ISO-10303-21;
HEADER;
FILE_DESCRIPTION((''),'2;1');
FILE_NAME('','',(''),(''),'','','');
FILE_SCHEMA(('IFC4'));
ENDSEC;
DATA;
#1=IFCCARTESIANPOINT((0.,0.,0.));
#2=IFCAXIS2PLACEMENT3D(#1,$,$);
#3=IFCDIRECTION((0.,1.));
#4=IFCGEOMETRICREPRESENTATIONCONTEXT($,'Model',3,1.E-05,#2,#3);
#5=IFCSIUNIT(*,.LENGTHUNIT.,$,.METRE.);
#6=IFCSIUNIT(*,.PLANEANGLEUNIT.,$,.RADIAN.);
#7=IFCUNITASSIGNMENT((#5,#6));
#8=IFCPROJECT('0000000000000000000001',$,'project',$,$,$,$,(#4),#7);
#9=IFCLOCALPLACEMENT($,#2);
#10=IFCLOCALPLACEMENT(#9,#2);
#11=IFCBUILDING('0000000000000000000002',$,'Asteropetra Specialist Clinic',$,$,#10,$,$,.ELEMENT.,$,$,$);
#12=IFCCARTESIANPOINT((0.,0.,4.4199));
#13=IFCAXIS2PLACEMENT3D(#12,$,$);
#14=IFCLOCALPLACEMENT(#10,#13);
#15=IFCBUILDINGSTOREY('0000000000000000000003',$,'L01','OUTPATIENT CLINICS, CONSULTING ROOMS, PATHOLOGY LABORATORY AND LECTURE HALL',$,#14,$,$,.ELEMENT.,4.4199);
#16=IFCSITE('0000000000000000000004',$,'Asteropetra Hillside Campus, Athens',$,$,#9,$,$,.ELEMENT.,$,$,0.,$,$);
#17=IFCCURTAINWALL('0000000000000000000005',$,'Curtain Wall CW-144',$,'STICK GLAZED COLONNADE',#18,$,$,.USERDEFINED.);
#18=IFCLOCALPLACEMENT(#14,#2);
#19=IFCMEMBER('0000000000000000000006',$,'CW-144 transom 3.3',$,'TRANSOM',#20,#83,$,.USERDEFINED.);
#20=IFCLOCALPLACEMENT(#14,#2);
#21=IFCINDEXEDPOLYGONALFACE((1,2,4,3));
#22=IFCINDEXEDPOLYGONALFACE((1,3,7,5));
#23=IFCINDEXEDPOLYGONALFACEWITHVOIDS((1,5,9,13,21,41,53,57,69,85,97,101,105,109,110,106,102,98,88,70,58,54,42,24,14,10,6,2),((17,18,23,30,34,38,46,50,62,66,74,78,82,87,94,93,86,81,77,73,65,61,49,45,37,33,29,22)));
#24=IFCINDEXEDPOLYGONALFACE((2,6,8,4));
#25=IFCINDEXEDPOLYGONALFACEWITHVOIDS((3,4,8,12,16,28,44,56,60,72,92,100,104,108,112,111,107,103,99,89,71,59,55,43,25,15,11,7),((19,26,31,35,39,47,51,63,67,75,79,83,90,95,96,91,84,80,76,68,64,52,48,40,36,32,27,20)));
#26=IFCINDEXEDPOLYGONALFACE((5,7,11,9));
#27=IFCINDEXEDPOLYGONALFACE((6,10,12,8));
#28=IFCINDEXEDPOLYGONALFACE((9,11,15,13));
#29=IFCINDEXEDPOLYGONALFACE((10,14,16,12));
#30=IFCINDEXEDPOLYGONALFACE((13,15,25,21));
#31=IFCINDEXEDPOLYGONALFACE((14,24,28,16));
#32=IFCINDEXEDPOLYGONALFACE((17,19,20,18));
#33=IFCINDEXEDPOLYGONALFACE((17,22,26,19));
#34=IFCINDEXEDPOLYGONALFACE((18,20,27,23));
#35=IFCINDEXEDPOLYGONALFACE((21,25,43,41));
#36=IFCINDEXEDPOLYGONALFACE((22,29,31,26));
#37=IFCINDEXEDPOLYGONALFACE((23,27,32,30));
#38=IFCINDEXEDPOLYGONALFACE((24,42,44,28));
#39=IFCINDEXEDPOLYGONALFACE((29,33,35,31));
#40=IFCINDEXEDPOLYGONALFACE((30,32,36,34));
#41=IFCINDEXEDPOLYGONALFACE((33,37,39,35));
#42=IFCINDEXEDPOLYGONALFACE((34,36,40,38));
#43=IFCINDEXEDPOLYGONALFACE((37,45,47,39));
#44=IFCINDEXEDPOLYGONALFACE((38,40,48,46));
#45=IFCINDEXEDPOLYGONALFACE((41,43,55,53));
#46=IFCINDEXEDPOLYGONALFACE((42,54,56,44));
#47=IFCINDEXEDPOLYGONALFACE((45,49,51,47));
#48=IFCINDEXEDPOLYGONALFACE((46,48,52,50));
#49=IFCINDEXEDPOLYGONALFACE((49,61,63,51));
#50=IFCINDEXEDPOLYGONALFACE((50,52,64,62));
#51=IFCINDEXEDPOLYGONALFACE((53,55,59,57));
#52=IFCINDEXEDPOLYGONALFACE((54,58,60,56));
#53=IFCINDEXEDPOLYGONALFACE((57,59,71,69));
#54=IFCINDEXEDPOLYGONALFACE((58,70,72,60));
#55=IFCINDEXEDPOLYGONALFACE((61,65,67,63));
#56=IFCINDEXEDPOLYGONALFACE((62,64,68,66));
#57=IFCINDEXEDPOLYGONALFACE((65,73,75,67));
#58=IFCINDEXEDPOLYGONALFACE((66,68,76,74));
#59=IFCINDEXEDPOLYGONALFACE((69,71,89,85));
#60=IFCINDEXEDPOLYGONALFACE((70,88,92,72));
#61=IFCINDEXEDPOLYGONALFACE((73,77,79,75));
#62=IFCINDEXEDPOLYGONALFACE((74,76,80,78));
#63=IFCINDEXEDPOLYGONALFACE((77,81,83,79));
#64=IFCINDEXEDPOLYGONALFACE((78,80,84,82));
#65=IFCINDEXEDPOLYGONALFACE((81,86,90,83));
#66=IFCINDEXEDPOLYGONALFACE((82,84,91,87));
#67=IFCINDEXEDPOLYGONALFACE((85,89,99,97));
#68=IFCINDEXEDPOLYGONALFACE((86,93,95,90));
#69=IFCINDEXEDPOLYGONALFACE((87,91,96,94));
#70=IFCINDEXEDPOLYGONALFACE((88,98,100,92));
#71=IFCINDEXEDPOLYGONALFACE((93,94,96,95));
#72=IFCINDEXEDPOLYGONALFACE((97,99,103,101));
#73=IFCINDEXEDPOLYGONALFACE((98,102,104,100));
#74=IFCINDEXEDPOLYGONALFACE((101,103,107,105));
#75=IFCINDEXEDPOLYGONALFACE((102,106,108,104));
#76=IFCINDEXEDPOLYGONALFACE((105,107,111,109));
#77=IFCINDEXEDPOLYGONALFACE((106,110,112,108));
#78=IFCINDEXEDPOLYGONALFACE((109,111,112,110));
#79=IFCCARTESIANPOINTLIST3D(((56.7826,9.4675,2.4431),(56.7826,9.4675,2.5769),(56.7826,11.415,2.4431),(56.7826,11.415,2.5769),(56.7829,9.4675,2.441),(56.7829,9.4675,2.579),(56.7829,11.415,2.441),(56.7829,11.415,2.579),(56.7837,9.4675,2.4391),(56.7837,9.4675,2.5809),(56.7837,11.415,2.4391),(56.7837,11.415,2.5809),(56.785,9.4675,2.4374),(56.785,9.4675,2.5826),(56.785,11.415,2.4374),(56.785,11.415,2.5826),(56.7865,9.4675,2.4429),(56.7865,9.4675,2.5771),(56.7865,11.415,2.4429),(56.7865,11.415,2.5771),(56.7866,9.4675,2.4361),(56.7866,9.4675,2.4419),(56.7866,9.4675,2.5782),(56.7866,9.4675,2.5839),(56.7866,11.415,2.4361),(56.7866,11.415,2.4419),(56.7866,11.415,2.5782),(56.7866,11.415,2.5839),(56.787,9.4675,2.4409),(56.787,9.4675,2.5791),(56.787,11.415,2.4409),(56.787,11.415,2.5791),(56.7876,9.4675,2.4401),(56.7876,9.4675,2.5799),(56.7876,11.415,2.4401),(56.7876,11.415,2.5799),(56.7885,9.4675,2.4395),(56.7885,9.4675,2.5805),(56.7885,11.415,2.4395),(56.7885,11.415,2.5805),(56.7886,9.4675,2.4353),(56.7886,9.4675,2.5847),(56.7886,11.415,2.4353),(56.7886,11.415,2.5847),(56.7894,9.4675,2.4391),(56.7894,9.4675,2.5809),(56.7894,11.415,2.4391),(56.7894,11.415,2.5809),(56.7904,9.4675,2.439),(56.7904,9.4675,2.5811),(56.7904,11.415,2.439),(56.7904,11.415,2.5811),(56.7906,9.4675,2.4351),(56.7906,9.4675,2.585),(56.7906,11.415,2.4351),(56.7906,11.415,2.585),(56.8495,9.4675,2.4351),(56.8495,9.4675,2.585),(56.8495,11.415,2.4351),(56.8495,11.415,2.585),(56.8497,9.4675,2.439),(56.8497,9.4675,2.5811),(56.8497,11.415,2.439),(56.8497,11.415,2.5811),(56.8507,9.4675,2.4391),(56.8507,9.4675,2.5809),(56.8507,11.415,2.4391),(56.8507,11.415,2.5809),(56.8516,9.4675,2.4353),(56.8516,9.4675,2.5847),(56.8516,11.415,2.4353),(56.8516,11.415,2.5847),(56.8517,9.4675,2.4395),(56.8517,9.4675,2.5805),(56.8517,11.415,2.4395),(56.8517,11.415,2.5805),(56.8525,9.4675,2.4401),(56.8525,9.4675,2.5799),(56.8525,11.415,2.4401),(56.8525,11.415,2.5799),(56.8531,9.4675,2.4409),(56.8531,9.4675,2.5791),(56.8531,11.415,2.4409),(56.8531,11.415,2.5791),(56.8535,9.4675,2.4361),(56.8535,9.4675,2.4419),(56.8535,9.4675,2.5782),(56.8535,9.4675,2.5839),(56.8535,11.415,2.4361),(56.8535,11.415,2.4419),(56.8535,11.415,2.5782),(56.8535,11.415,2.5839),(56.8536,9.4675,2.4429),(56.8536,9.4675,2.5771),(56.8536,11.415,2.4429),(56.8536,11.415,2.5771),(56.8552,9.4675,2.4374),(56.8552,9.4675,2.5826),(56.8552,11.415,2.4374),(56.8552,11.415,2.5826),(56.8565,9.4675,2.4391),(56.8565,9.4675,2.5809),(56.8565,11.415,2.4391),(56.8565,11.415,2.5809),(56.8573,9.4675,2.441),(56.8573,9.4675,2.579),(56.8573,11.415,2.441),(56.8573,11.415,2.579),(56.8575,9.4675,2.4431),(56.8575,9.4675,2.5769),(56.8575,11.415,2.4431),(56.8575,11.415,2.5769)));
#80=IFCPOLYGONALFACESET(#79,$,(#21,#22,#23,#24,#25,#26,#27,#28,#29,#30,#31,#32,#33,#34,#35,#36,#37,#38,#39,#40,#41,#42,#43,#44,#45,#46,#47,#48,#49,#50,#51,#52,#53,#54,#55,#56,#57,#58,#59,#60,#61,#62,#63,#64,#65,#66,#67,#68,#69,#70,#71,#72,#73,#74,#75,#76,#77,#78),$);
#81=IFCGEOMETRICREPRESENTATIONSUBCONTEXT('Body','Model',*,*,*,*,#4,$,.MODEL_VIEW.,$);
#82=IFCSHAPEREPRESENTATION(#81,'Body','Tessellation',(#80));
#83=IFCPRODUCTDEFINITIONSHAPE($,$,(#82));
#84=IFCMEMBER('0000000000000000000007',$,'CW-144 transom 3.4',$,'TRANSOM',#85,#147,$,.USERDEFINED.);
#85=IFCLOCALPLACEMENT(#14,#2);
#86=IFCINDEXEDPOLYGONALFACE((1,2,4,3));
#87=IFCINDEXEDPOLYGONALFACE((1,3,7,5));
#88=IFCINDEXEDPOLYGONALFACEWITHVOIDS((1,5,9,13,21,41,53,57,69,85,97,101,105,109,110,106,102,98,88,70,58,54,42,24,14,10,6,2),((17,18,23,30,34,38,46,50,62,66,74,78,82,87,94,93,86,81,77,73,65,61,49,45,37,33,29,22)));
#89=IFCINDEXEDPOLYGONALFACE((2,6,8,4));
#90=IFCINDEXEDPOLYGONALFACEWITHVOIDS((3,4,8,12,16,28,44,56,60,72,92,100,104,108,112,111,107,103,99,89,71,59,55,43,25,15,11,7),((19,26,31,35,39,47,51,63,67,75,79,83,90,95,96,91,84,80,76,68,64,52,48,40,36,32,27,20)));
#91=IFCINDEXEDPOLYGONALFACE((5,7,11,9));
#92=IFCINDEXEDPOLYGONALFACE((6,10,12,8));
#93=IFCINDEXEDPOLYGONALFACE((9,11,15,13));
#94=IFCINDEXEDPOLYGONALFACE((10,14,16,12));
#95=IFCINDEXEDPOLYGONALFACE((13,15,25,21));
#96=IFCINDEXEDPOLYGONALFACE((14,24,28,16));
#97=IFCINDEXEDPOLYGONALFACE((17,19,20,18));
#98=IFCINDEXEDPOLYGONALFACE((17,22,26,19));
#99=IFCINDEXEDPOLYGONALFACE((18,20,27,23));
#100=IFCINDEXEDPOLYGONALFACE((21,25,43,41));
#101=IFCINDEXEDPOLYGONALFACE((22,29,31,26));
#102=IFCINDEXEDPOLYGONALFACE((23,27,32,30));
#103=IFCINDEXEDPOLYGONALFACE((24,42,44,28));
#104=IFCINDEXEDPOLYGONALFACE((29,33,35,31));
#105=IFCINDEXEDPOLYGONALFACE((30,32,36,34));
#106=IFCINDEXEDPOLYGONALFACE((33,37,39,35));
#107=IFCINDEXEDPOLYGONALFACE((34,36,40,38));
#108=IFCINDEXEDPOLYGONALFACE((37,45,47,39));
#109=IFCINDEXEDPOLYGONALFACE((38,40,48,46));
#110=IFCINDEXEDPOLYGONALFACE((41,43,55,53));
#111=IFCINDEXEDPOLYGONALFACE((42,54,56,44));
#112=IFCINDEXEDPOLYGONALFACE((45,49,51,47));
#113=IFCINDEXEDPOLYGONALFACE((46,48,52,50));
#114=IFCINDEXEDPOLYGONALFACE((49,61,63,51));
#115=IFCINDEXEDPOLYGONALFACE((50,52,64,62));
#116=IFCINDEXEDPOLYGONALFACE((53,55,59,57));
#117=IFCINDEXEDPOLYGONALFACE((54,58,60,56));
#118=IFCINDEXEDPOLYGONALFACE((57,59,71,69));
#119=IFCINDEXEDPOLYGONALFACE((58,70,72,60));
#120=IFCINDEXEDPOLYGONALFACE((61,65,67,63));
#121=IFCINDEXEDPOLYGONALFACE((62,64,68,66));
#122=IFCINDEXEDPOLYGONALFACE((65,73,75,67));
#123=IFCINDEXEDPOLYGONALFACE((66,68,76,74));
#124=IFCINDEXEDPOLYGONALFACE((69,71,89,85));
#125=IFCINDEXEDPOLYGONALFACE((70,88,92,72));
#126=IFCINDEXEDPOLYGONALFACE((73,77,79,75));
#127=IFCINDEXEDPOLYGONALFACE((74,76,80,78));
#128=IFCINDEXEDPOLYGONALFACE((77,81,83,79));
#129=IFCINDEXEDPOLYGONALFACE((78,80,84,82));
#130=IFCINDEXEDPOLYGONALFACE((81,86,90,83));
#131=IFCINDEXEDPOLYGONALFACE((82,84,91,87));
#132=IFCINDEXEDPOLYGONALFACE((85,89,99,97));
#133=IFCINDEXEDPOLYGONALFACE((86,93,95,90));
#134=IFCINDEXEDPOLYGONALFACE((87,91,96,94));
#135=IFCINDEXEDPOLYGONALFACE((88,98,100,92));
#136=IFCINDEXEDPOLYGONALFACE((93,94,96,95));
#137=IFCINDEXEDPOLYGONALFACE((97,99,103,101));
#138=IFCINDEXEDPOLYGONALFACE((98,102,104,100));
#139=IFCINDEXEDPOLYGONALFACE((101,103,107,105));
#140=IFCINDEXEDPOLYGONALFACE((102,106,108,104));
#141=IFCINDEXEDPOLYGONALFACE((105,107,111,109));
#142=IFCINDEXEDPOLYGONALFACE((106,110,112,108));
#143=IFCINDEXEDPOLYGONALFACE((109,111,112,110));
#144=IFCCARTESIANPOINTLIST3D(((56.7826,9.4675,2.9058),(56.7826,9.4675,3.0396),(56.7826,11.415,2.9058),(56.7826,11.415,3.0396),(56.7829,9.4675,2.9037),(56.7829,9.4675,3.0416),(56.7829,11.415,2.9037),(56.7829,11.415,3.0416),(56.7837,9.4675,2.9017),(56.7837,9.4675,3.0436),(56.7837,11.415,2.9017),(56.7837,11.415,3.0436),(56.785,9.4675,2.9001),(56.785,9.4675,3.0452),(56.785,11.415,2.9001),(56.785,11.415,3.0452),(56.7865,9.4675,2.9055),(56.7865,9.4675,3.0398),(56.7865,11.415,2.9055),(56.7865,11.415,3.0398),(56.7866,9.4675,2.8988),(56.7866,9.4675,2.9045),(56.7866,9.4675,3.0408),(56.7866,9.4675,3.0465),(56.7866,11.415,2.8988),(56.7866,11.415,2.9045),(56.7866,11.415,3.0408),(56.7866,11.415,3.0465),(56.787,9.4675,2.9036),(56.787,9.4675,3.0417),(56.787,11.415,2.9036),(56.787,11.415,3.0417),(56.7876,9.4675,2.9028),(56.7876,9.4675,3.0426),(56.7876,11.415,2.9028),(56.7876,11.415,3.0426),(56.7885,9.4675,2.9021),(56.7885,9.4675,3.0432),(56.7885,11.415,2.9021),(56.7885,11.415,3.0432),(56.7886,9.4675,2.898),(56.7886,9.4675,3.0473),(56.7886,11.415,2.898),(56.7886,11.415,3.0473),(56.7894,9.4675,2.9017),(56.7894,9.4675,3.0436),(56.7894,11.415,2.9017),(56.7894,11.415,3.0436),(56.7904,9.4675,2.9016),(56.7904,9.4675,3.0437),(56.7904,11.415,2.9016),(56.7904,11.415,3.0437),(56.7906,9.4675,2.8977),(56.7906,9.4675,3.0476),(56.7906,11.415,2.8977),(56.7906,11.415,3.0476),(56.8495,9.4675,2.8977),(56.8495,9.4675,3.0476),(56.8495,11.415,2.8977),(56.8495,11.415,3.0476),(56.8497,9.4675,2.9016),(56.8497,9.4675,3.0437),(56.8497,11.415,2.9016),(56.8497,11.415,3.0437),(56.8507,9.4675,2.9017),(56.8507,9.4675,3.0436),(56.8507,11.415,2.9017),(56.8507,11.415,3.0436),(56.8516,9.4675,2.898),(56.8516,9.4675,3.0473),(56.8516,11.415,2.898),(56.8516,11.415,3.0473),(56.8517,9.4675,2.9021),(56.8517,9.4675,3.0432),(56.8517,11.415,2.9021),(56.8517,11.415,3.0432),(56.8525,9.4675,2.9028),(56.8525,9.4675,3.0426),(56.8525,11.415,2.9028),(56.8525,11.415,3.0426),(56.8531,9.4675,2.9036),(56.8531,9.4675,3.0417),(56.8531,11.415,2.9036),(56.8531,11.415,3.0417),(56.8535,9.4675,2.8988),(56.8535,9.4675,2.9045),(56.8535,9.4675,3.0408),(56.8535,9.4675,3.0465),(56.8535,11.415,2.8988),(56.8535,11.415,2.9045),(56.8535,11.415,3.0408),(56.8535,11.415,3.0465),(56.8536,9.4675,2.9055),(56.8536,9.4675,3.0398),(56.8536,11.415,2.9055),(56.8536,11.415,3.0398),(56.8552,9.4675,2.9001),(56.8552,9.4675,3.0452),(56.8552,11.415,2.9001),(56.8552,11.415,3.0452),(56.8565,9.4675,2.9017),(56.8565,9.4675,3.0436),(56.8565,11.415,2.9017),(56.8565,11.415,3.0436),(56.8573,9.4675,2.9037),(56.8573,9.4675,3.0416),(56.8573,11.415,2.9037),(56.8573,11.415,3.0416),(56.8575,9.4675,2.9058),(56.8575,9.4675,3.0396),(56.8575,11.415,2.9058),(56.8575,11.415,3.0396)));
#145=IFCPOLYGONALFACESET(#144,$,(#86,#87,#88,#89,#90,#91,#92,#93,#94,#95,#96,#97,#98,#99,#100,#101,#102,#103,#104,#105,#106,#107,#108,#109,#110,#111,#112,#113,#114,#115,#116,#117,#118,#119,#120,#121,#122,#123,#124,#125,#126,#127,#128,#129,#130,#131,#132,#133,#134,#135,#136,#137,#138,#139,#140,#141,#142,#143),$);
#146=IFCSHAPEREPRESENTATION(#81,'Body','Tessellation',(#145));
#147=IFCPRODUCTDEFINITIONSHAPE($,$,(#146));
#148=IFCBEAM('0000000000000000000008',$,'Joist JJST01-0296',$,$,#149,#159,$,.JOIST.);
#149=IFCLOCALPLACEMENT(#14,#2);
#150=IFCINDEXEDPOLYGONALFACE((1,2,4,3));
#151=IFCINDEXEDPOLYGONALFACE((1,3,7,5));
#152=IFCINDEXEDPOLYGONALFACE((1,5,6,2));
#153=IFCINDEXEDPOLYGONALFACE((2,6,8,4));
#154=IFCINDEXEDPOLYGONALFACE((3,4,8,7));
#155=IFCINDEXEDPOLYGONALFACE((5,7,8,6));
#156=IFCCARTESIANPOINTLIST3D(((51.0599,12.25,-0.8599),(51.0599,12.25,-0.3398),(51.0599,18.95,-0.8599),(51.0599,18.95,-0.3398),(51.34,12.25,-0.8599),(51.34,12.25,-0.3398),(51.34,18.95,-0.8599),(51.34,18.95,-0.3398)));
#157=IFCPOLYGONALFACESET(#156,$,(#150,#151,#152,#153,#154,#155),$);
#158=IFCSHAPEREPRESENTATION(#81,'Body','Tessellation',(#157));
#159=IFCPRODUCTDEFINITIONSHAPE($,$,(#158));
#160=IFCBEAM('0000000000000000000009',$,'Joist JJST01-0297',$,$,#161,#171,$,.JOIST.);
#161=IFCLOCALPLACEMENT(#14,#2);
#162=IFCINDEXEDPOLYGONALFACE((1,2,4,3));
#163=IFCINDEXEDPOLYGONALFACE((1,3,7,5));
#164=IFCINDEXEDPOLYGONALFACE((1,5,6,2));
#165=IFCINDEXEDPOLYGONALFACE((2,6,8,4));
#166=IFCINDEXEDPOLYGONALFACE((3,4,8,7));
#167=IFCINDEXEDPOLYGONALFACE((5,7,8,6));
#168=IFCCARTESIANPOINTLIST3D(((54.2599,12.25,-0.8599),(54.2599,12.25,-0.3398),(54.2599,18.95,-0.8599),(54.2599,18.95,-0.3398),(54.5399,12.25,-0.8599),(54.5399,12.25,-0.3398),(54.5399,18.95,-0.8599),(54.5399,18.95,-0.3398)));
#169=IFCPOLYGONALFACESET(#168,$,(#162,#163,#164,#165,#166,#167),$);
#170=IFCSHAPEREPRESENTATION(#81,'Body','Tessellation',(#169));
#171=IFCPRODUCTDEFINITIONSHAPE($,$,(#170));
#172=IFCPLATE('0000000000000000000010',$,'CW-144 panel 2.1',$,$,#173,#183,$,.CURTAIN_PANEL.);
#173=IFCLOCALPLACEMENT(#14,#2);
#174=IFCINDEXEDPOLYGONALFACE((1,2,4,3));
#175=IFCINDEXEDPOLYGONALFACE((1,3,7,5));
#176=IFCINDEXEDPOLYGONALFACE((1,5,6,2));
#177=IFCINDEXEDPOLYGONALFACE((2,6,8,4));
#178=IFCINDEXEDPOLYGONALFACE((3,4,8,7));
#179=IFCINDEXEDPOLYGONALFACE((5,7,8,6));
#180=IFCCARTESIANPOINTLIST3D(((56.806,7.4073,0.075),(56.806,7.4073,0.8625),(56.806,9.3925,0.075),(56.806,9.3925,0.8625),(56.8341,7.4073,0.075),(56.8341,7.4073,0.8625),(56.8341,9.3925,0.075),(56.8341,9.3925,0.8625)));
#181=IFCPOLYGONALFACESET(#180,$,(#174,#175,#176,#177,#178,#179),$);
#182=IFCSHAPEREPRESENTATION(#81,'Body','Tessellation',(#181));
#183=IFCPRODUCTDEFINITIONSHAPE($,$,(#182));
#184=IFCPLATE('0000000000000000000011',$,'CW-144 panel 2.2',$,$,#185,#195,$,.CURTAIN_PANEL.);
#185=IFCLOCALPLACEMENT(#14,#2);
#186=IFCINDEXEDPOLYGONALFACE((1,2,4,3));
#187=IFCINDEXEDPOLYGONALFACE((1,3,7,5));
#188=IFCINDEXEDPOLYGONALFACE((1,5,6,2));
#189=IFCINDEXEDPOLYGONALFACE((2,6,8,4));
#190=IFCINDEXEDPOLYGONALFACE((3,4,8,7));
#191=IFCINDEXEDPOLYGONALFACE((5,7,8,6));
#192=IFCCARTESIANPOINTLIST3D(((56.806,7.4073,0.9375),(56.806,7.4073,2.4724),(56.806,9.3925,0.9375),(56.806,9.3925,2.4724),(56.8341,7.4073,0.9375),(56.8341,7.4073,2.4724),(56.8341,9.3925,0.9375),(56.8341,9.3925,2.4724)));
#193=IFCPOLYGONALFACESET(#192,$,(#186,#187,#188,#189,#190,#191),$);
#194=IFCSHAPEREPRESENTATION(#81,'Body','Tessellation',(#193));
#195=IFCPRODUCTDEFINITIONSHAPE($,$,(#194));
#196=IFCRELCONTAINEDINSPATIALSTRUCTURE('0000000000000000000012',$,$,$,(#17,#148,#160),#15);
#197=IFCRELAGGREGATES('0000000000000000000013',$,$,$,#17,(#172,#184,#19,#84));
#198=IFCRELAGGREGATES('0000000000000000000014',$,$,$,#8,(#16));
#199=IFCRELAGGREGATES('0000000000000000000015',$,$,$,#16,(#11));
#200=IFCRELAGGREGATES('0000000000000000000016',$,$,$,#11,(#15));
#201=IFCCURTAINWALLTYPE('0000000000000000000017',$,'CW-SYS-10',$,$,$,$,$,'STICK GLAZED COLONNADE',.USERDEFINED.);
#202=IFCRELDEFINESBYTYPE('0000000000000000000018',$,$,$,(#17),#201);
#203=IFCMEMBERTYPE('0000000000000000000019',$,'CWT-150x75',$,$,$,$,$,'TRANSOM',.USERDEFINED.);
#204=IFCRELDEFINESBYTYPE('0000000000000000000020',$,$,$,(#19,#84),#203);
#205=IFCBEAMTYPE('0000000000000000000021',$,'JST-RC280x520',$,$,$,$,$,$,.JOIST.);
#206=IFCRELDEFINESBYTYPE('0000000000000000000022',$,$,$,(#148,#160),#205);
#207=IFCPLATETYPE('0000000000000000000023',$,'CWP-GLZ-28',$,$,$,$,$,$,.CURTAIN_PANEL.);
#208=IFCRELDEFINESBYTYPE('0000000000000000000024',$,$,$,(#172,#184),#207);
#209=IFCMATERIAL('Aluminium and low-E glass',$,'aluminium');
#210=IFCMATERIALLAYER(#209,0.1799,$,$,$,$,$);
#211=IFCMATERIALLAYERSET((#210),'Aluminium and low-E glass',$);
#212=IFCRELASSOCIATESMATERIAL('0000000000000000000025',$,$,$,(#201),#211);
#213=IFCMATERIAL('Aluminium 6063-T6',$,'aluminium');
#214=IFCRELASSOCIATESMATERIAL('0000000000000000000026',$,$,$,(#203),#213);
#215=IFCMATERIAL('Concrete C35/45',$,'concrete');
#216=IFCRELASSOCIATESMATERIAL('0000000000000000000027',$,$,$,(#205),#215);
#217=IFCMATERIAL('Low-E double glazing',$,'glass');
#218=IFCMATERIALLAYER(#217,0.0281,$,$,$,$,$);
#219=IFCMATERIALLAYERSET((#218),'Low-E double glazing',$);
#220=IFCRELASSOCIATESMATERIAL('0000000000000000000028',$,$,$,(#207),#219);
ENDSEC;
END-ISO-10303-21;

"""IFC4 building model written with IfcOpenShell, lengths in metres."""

from ifc_helpers import new_model, si_unit, direction, frame, origin, origin_2d, place, context, subcontext, project, spatial, rectangle, hollow_rectangle, extrude, material, layer, layer_set, material_profile, profile_set, type_object, element, aggregate, save


model = new_model("IFC4")

# Units and contexts
model_context = context("Model", 3, precision=1e-05, world=origin(), true_north=direction((0.0, 1.0)))
body_context = subcontext(model_context, "Body", "Model", "MODEL_VIEW")
ifc_project = project(units=[si_unit("LENGTHUNIT", "METRE"), si_unit("PLANEANGLEUNIT", "RADIAN")], contexts=[model_context])

# Site, building, storey
site_placement = place(None, origin())
site = spatial("IfcSite", under=ifc_project, at=site_placement, Name="Asteropetra Hillside Campus, Athens", CompositionType="ELEMENT", RefElevation=0.0)
building_placement = place(site_placement, origin())
building = spatial("IfcBuilding", under=site, at=building_placement, Name="Asteropetra Specialist Clinic", CompositionType="ELEMENT")
storey_placement = place(building_placement, frame((0.0, 0.0, 4.4199)))
storey = spatial("IfcBuildingStorey", under=building, at=storey_placement, Name="L01", Description="OUTPATIENT CLINICS, CONSULTING ROOMS, PATHOLOGY LABORATORY AND LECTURE HALL", CompositionType="ELEMENT", Elevation=4.4199)

# Shared definitions
ifc_material_1 = material(Name="Aluminium and low-E glass", Category="aluminium")
ifc_layer_1 = layer(ifc_material_1, 0.1799)
ifc_layer_set_1 = layer_set([ifc_layer_1], Name="Aluminium and low-E glass")
curtain_wall_type = type_object("IfcCurtainWallType", Name="CW-SYS-10", ElementType="STICK GLAZED COLONNADE", PredefinedType="USERDEFINED", material=ifc_layer_set_1)

# Curtain wall, members
curtain_wall_1_placement = place(storey_placement, origin())
curtain_wall_1 = element("IfcCurtainWall", 1, at=curtain_wall_1_placement, inside=storey, type_object=curtain_wall_type, Name="Curtain Wall CW-144", ObjectType="STICK GLAZED COLONNADE", PredefinedType="USERDEFINED")
ifc_material_2 = material(Name="Aluminium 6063-T6", Category="aluminium")
ifc_material_profile_1 = material_profile(ifc_material_2, hollow_rectangle(XDim=0.075, YDim=0.1499, WallThickness=0.0039, InnerFilletRadius=0.0039, OuterFilletRadius=0.0081, at=origin_2d()), Name="TRN 150x75x4.0")
ifc_profile_set_1 = profile_set([ifc_material_profile_1], Name="Aluminium 6063-T6")
member_type_1 = type_object("IfcMemberType", Name="CWT-150x75", ElementType="TRANSOM", PredefinedType="USERDEFINED", material=ifc_profile_set_1)
member_1_placement = place(storey_placement, frame((56.8201, 9.4675, 2.51), z_axis=(0.0, 1.0, 0.0), x_axis=(-1.0, 0.0, 0.0)))
member_1 = element("IfcMember", 2, at=member_1_placement, type_object=member_type_1, Name="CW-144 transom 3.3", ObjectType="TRANSOM", PredefinedType="USERDEFINED", context=body_context, shape_type="SweptSolid", body=[
    extrude(hollow_rectangle(XDim=0.075, YDim=0.1499, WallThickness=0.0039, InnerFilletRadius=0.0039, OuterFilletRadius=0.0081, at=origin_2d()), origin(), (0.0, 0.0, 1.0), 1.9475),
])
member_2_placement = place(storey_placement, frame((56.8201, 9.4675, 2.9727), z_axis=(0.0, 1.0, 0.0), x_axis=(-1.0, 0.0, 0.0)))
member_2 = element("IfcMember", 3, at=member_2_placement, type_object=member_type_1, Name="CW-144 transom 3.4", ObjectType="TRANSOM", PredefinedType="USERDEFINED", context=body_context, shape_type="SweptSolid", body=[
    extrude(hollow_rectangle(XDim=0.075, YDim=0.1499, WallThickness=0.0039, InnerFilletRadius=0.0039, OuterFilletRadius=0.0081, at=origin_2d()), origin(), (0.0, 0.0, 1.0), 1.9475),
])

# Beams
ifc_material_3 = material(Name="Concrete C35/45", Category="concrete")
ifc_material_profile_2 = material_profile(ifc_material_3, rectangle(XDim=0.28, YDim=0.52, at=origin_2d()), Name="RCJ 280x520")
ifc_profile_set_2 = profile_set([ifc_material_profile_2], Name="Concrete C35/45")
beam_type_1 = type_object("IfcBeamType", Name="JST-RC280x520", PredefinedType="JOIST", material=ifc_profile_set_2)
for number, where, z_axis, x_axis, name in (
    (4, (51.2, 12.25, -0.5999), (0.0, 1.0, 0.0), (-1.0, 0.0, 0.0), "Joist JJST01-0296"),
    (5, (54.3999, 12.25, -0.5999), (0.0, 1.0, 0.0), (-1.0, 0.0, 0.0), "Joist JJST01-0297"),
):
    element("IfcBeam", number, at=place(storey_placement, frame(where, z_axis=z_axis, x_axis=x_axis)), inside=storey, type_object=beam_type_1, Name=name, PredefinedType="JOIST", context=body_context, shape_type="SweptSolid", body=[
        extrude(rectangle(XDim=0.28, YDim=0.52, at=origin_2d()), origin(), (0.0, 0.0, 1.0), 6.7),
    ])

# Plates
ifc_material_4 = material(Name="Low-E double glazing", Category="glass")
ifc_layer_2 = layer(ifc_material_4, 0.0281)
ifc_layer_set_2 = layer_set([ifc_layer_2], Name="Low-E double glazing")
plate_type = type_object("IfcPlateType", Name="CWP-GLZ-28", PredefinedType="CURTAIN_PANEL", material=ifc_layer_set_2)
plate_1_placement = place(storey_placement, frame((56.8201, 8.3999, 0.075), z_axis=(0.0, 0.0, 1.0), x_axis=(0.0, 1.0, 0.0)))
plate_1 = element("IfcPlate", 6, at=plate_1_placement, type_object=plate_type, Name="CW-144 panel 2.1", PredefinedType="CURTAIN_PANEL", context=body_context, shape_type="SweptSolid", body=[
    extrude(rectangle(XDim=1.9851, YDim=0.0281, at=origin_2d()), origin(), (0.0, 0.0, 1.0), 0.7876),
])
plate_2_placement = place(storey_placement, frame((56.8201, 8.3999, 0.9375), z_axis=(0.0, 0.0, 1.0), x_axis=(0.0, 1.0, 0.0)))
plate_2 = element("IfcPlate", 7, at=plate_2_placement, type_object=plate_type, Name="CW-144 panel 2.2", PredefinedType="CURTAIN_PANEL", context=body_context, shape_type="SweptSolid", body=[
    extrude(rectangle(XDim=1.9851, YDim=0.0281, at=origin_2d()), origin(), (0.0, 0.0, 1.0), 1.5349),
])
aggregate(curtain_wall_1, [plate_1, plate_2, member_1, member_2])

save(model, "model.ifc")
